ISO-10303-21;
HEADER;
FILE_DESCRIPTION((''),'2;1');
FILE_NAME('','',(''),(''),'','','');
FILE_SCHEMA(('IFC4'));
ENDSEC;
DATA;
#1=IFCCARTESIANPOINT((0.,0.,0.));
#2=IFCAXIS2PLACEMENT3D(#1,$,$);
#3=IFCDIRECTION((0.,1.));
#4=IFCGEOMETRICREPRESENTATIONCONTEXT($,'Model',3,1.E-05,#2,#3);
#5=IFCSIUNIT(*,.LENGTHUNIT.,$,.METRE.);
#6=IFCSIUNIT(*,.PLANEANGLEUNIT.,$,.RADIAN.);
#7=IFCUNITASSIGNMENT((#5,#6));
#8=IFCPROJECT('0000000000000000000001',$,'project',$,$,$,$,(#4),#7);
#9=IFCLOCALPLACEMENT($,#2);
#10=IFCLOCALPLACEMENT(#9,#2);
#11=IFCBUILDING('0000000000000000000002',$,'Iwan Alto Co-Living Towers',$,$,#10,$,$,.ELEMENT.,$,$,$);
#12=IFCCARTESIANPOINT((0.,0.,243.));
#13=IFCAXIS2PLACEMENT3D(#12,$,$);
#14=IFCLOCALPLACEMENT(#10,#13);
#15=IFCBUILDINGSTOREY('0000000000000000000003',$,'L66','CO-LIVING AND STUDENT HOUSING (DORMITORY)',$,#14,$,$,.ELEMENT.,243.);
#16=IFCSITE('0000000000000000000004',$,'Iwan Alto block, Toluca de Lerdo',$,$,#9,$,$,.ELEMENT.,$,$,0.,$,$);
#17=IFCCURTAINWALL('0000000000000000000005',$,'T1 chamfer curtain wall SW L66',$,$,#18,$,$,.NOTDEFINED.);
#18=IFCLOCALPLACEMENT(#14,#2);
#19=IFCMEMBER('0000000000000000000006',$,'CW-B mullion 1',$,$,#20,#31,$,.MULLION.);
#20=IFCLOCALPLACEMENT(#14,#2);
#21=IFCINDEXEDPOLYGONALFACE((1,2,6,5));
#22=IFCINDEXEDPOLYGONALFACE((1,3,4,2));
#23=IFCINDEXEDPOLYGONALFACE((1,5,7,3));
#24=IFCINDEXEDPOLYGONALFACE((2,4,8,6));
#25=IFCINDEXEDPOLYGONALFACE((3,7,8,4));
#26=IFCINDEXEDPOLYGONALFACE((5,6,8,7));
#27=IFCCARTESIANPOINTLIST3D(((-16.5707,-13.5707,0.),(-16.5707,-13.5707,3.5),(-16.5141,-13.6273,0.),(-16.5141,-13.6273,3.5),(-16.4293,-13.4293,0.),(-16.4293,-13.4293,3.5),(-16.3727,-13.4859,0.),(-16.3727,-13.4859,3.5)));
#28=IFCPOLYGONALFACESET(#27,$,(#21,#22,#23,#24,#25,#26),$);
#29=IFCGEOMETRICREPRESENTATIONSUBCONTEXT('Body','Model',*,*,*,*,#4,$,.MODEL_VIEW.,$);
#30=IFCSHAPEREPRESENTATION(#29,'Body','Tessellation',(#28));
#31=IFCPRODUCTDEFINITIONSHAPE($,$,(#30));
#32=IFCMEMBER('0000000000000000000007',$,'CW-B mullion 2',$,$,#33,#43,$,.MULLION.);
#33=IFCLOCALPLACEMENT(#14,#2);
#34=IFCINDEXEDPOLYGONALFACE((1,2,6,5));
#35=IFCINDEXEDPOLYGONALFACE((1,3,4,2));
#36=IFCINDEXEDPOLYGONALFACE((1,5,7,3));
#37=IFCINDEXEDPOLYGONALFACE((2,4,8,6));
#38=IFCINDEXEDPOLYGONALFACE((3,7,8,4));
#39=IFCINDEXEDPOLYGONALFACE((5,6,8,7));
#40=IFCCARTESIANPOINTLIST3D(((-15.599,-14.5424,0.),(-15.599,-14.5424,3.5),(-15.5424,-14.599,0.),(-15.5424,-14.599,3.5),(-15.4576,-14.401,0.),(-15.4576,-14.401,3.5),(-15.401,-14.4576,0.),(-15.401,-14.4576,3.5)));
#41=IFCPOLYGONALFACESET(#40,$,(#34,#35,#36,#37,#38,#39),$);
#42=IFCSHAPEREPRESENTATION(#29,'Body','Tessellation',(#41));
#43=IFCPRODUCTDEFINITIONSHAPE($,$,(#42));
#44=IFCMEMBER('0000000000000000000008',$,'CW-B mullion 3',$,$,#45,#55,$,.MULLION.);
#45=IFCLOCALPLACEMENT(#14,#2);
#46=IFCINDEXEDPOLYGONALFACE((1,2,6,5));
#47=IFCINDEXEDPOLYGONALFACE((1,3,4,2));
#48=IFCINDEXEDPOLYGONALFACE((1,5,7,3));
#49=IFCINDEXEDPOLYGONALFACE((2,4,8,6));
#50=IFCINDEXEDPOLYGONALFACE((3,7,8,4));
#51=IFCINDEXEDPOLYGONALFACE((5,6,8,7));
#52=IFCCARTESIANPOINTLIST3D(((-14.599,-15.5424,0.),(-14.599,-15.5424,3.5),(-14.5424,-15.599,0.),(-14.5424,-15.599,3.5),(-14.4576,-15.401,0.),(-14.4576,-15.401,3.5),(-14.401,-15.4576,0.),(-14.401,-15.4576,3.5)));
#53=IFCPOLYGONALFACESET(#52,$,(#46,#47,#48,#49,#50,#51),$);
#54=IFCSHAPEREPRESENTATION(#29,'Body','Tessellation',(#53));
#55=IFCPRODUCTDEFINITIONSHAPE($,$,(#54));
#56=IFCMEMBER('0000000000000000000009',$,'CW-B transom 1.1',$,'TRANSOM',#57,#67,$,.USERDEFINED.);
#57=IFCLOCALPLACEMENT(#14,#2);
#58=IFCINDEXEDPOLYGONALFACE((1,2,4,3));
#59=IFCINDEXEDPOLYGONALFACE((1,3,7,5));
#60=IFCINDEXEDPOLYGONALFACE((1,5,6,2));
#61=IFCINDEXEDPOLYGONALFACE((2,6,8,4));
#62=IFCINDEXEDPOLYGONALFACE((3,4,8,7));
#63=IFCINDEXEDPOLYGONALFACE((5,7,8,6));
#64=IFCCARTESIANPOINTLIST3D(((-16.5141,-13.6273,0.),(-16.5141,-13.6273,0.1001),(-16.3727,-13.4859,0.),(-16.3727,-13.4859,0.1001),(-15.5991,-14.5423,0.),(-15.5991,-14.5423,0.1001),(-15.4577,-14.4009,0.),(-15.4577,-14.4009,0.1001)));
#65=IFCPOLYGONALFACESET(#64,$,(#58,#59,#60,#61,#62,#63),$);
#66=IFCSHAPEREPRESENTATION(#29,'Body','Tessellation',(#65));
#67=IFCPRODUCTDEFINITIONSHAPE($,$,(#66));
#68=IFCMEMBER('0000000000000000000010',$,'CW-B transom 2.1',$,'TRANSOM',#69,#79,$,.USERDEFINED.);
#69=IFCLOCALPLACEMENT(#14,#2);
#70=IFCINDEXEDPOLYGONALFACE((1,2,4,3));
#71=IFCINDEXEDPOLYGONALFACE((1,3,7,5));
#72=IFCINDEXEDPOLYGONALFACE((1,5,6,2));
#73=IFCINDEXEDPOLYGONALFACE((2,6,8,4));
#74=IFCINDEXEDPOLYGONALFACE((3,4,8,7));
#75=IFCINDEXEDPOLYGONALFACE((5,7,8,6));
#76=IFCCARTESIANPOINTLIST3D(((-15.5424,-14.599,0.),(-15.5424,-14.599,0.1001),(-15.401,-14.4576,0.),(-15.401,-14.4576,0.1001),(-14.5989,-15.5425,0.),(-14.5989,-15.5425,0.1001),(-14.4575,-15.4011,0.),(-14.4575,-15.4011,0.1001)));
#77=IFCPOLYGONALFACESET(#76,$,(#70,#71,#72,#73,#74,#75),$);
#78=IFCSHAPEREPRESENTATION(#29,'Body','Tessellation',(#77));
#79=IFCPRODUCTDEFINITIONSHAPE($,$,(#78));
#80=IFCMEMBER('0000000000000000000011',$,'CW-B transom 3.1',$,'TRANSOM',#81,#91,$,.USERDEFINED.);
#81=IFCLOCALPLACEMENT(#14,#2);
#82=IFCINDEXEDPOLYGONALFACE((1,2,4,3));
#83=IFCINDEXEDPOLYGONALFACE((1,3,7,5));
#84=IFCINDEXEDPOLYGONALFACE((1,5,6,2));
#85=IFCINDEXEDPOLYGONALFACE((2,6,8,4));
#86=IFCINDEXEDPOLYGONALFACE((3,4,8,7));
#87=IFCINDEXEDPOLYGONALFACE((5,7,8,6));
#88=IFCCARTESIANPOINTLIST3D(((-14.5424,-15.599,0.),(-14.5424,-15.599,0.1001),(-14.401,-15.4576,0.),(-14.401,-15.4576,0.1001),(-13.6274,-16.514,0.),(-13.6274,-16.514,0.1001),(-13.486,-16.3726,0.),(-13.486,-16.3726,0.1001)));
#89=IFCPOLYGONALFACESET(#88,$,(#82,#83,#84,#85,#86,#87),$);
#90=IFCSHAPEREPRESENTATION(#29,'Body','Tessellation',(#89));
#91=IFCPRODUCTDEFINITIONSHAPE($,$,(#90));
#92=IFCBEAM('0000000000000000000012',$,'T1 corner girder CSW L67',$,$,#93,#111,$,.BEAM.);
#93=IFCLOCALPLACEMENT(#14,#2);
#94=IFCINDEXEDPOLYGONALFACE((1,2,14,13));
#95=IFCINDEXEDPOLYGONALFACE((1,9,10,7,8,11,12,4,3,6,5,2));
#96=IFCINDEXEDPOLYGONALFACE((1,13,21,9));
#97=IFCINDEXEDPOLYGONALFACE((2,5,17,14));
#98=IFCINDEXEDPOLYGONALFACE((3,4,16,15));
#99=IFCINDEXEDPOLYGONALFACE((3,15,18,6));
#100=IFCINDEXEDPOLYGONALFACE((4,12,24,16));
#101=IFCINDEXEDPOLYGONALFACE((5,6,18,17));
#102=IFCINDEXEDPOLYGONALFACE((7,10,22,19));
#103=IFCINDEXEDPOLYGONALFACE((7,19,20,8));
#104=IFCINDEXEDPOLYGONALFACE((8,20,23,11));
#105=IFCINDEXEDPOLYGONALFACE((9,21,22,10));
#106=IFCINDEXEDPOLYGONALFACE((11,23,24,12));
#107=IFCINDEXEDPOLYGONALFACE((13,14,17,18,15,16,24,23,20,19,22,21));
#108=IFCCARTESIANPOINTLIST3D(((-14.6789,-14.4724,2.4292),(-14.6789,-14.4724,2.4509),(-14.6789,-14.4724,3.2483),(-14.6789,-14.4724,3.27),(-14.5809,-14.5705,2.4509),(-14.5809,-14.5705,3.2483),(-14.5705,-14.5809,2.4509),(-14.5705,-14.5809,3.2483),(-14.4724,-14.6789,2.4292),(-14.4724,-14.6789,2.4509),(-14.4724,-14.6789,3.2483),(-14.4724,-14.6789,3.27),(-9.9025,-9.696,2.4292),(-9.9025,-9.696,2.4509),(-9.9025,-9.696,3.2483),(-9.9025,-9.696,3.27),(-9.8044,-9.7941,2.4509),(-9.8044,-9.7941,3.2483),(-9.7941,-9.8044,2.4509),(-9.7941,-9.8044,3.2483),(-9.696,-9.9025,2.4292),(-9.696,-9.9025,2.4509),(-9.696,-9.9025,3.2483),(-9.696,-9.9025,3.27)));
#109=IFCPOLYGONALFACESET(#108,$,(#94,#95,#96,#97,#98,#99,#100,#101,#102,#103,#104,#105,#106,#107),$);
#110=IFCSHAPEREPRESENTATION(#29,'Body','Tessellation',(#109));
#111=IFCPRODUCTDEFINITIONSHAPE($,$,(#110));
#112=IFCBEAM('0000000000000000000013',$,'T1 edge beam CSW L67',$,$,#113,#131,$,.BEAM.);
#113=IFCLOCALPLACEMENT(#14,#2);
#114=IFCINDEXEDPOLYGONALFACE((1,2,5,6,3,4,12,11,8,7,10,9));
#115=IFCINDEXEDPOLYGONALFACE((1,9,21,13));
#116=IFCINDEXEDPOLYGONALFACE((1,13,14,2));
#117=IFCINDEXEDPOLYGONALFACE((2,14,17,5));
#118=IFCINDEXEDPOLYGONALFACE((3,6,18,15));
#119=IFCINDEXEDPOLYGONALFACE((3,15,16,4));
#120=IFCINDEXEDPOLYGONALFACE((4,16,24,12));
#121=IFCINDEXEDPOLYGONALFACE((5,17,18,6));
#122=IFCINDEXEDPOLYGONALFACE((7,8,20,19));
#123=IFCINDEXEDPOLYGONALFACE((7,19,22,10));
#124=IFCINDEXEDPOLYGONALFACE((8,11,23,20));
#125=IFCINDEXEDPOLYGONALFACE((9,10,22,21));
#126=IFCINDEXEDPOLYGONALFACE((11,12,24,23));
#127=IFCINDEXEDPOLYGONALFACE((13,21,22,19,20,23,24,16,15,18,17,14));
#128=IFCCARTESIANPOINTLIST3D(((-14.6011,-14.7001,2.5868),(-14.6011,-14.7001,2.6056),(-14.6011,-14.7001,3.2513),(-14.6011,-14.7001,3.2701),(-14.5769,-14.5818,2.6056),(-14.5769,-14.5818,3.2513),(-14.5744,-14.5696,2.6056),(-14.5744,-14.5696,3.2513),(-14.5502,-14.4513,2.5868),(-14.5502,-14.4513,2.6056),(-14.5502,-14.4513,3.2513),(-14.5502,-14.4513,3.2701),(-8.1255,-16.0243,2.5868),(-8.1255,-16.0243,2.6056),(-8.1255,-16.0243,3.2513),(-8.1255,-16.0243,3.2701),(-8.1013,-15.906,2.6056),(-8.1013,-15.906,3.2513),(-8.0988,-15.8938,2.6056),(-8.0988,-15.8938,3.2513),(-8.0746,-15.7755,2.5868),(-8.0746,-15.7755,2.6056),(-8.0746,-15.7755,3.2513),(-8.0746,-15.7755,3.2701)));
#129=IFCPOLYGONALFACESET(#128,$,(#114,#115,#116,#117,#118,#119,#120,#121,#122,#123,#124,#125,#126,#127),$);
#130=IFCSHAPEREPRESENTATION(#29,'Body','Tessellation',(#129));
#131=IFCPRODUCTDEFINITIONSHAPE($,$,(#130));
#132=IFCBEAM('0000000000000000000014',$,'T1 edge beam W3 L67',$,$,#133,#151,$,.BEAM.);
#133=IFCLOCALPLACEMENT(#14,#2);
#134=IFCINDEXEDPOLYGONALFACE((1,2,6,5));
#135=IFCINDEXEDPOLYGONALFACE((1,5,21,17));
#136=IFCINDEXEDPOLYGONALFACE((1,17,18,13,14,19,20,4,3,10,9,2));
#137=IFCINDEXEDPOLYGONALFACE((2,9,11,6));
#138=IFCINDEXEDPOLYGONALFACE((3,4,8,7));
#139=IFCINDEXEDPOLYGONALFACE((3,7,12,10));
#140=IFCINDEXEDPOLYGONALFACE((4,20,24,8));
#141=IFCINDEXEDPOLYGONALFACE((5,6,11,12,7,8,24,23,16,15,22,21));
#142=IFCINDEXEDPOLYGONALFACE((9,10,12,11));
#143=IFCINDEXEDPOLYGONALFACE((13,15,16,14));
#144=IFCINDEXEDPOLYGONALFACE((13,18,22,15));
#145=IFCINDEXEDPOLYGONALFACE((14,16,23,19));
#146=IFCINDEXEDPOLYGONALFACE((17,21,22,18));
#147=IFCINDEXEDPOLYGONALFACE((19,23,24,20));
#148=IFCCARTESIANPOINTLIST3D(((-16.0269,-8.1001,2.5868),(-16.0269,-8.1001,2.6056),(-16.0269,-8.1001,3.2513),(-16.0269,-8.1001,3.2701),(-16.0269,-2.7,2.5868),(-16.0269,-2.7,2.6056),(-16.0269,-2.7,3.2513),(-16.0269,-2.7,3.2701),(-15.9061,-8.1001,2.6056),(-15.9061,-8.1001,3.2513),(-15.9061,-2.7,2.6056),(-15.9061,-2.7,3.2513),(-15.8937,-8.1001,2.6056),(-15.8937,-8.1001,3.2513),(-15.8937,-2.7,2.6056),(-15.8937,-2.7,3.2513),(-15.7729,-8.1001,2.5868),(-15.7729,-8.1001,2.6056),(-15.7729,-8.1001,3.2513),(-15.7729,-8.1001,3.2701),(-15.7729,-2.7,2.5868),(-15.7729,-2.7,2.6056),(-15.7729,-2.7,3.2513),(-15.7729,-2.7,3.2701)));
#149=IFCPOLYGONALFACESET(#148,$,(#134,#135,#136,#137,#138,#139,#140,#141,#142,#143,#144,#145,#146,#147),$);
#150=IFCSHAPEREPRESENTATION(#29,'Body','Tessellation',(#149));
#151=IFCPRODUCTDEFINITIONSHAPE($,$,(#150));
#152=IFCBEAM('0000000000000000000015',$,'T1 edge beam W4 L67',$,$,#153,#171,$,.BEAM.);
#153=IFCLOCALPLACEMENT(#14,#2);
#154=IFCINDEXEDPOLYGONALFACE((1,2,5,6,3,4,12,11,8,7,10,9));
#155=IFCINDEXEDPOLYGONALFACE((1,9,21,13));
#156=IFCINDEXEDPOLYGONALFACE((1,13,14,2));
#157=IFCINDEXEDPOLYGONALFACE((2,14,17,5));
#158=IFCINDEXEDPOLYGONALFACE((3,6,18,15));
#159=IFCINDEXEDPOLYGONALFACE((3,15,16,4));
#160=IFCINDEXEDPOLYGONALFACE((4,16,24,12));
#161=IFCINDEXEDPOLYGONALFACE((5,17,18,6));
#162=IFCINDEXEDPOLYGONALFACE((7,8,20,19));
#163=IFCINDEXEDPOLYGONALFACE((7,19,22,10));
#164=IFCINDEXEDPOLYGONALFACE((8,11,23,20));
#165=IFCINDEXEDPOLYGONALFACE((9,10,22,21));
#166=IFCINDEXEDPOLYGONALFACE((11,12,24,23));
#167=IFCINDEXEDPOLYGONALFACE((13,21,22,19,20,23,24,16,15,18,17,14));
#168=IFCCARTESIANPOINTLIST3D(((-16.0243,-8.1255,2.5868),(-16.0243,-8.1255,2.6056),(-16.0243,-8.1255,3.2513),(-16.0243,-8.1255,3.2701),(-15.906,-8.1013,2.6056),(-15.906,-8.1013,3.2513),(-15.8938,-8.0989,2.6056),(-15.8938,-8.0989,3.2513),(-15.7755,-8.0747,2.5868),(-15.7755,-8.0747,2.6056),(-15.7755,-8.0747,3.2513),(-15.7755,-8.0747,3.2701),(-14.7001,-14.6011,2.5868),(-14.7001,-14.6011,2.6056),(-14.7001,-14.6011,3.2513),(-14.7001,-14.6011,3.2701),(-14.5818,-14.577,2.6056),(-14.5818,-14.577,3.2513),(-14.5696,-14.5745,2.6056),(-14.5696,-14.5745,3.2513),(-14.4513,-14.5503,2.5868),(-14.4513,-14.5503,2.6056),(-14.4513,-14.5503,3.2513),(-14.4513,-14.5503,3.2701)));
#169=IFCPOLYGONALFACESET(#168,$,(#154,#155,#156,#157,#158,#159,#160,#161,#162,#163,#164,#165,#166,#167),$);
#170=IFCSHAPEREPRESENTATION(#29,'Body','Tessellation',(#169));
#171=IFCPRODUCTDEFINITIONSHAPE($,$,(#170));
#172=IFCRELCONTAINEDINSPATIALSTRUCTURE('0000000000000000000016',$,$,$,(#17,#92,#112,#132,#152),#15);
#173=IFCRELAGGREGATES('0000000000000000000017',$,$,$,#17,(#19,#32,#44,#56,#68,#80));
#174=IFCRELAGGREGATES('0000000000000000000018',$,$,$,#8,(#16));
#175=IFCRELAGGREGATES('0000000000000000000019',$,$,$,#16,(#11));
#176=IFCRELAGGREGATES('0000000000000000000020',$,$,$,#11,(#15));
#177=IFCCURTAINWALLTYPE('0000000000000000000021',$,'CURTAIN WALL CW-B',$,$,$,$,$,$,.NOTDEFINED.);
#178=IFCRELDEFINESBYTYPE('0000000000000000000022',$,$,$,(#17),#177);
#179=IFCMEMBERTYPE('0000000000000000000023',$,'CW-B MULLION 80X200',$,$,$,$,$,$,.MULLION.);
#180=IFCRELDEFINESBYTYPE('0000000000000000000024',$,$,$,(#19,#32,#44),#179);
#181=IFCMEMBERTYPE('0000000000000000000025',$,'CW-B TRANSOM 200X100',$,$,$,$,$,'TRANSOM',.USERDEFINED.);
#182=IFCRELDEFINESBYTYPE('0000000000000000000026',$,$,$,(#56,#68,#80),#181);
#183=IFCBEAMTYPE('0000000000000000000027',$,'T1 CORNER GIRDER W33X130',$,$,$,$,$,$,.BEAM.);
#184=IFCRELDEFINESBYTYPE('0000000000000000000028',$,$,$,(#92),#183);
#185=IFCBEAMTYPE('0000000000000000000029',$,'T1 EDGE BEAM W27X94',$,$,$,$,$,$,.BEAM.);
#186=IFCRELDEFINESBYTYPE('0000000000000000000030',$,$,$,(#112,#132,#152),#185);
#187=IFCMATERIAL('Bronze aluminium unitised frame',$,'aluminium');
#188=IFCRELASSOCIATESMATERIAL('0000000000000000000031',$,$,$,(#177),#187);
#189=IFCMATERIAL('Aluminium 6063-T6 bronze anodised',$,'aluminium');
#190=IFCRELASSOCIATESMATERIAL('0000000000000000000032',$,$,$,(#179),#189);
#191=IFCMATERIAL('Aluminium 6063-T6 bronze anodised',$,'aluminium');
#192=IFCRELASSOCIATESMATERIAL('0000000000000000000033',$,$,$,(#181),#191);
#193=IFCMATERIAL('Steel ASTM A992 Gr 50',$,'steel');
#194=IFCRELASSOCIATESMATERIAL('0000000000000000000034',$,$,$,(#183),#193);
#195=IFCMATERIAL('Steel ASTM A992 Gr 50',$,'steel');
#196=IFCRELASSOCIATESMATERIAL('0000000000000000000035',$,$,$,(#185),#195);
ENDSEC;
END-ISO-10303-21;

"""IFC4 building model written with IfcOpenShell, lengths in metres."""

from ifc_helpers import new_model, si_unit, direction, frame, origin, origin_2d, place, context, subcontext, project, spatial, rectangle, i_section, extrude, material, material_profile, profile_set, type_object, element, aggregate, save


model = new_model("IFC4")

# Units and contexts
model_context = context("Model", 3, precision=1e-05, world=origin(), true_north=direction((0.0, 1.0)))
body_context = subcontext(model_context, "Body", "Model", "MODEL_VIEW")
ifc_project = project(units=[si_unit("LENGTHUNIT", "METRE"), si_unit("PLANEANGLEUNIT", "RADIAN")], contexts=[model_context])

# Site, building, storey
site_placement = place(None, origin())
site = spatial("IfcSite", under=ifc_project, at=site_placement, Name="Iwan Alto block, Toluca de Lerdo", CompositionType="ELEMENT", RefElevation=0.0)
building_placement = place(site_placement, origin())
building = spatial("IfcBuilding", under=site, at=building_placement, Name="Iwan Alto Co-Living Towers", CompositionType="ELEMENT")
storey_placement = place(building_placement, frame((0.0, 0.0, 243.0)))
storey = spatial("IfcBuildingStorey", under=building, at=storey_placement, Name="L66", Description="CO-LIVING AND STUDENT HOUSING (DORMITORY)", CompositionType="ELEMENT", Elevation=243.0)

# Curtain wall, members
ifc_material_1 = material(Name="Bronze aluminium unitised frame", Category="aluminium")
curtain_wall_type_1 = type_object("IfcCurtainWallType", Name="CURTAIN WALL CW-B", PredefinedType="NOTDEFINED", material=ifc_material_1)
curtain_wall_1_placement = place(storey_placement, origin())
curtain_wall_1 = element("IfcCurtainWall", 1, at=curtain_wall_1_placement, inside=storey, type_object=curtain_wall_type_1, Name="T1 chamfer curtain wall SW L66", PredefinedType="NOTDEFINED")
ifc_material_2 = material(Name="Aluminium 6063-T6 bronze anodised", Category="aluminium")
ifc_material_profile_1 = material_profile(ifc_material_2, rectangle(XDim=0.2, YDim=0.0801, at=origin_2d()), Name="AL 80X200")
ifc_profile_set_1 = profile_set([ifc_material_profile_1], Name="Aluminium 6063-T6 bronze anodised")
member_type_1 = type_object("IfcMemberType", Name="CW-B MULLION 80X200", PredefinedType="MULLION", material=ifc_profile_set_1)
member_1_placement = place(storey_placement, frame((-16.4717, -13.5283, 0.0), z_axis=(0.0, 0.0, 1.0), x_axis=(0.707107, 0.707107, 0.0)))
member_1 = element("IfcMember", 2, at=member_1_placement, type_object=member_type_1, Name="CW-B mullion 1", PredefinedType="MULLION", context=body_context, shape_type="SweptSolid", body=[
    extrude(rectangle(XDim=0.2, YDim=0.0801, at=origin_2d()), origin(), (0.0, 0.0, 1.0), 3.5),
])
member_2_placement = place(storey_placement, frame((-15.5, -14.5, 0.0), z_axis=(0.0, 0.0, 1.0), x_axis=(0.707107, 0.707107, 0.0)))
member_2 = element("IfcMember", 3, at=member_2_placement, type_object=member_type_1, Name="CW-B mullion 2", PredefinedType="MULLION", context=body_context, shape_type="SweptSolid", body=[
    extrude(rectangle(XDim=0.2, YDim=0.0801, at=origin_2d()), origin(), (0.0, 0.0, 1.0), 3.5),
])
member_3_placement = place(storey_placement, frame((-14.5, -15.5, 0.0), z_axis=(0.0, 0.0, 1.0), x_axis=(0.707107, 0.707107, 0.0)))
member_3 = element("IfcMember", 4, at=member_3_placement, type_object=member_type_1, Name="CW-B mullion 3", PredefinedType="MULLION", context=body_context, shape_type="SweptSolid", body=[
    extrude(rectangle(XDim=0.2, YDim=0.0801, at=origin_2d()), origin(), (0.0, 0.0, 1.0), 3.5),
])
ifc_material_3 = material(Name="Aluminium 6063-T6 bronze anodised", Category="aluminium")
ifc_material_profile_2 = material_profile(ifc_material_3, rectangle(XDim=0.2, YDim=0.1001, at=origin_2d()), Name="AL 200X100")
ifc_profile_set_2 = profile_set([ifc_material_profile_2], Name="Aluminium 6063-T6 bronze anodised")
member_type_2 = type_object("IfcMemberType", Name="CW-B TRANSOM 200X100", ElementType="TRANSOM", PredefinedType="USERDEFINED", material=ifc_profile_set_2)
member_4_placement = place(storey_placement, frame((-16.4434, -13.5566, 0.05), z_axis=(0.707107, -0.707107, 0.0), x_axis=(0.707107, 0.707107, 0.0)))
member_4 = element("IfcMember", 5, at=member_4_placement, type_object=member_type_2, Name="CW-B transom 1.1", ObjectType="TRANSOM", PredefinedType="USERDEFINED", context=body_context, shape_type="SweptSolid", body=[
    extrude(rectangle(XDim=0.2, YDim=0.1001, at=origin_2d()), origin(), (0.0, 0.0, 1.0), 1.2939),
])
member_5_placement = place(storey_placement, frame((-15.4717, -14.5283, 0.05), z_axis=(0.707107, -0.707107, 0.0), x_axis=(0.707107, 0.707107, 0.0)))
member_5 = element("IfcMember", 6, at=member_5_placement, type_object=member_type_2, Name="CW-B transom 2.1", ObjectType="TRANSOM", PredefinedType="USERDEFINED", context=body_context, shape_type="SweptSolid", body=[
    extrude(rectangle(XDim=0.2, YDim=0.1001, at=origin_2d()), origin(), (0.0, 0.0, 1.0), 1.3342),
])
member_6_placement = place(storey_placement, frame((-14.4717, -15.5283, 0.05), z_axis=(0.707107, -0.707107, 0.0), x_axis=(0.707107, 0.707107, 0.0)))
member_6 = element("IfcMember", 7, at=member_6_placement, type_object=member_type_2, Name="CW-B transom 3.1", ObjectType="TRANSOM", PredefinedType="USERDEFINED", context=body_context, shape_type="SweptSolid", body=[
    extrude(rectangle(XDim=0.2, YDim=0.1001, at=origin_2d()), origin(), (0.0, 0.0, 1.0), 1.2939),
])

# Beams
ifc_material_4 = material(Name="Steel ASTM A992 Gr 50", Category="steel")
ifc_material_profile_3 = material_profile(ifc_material_4, i_section(OverallWidth=0.292, OverallDepth=0.8408, WebThickness=0.0146, FlangeThickness=0.0217, at=origin_2d()), Name="W33X130")
ifc_profile_set_3 = profile_set([ifc_material_profile_3], Name="Steel ASTM A992 Gr 50")
beam_type_1 = type_object("IfcBeamType", Name="T1 CORNER GIRDER W33X130", PredefinedType="BEAM", material=ifc_profile_set_3)
beam_1_placement = place(storey_placement, frame((-14.5757, -14.5757, 2.8496), z_axis=(0.707107, 0.707107, 0.0), x_axis=(-0.707107, 0.707107, 0.0)))
element("IfcBeam", 8, at=beam_1_placement, inside=storey, type_object=beam_type_1, Name="T1 corner girder CSW L67", PredefinedType="BEAM", context=body_context, shape_type="SweptSolid", body=[
    extrude(i_section(OverallWidth=0.292, OverallDepth=0.8408, WebThickness=0.0146, FlangeThickness=0.0217, at=origin_2d()), origin(), (0.0, 0.0, 1.0), 6.7549),
])
ifc_material_5 = material(Name="Steel ASTM A992 Gr 50", Category="steel")
ifc_material_profile_4 = material_profile(ifc_material_5, i_section(OverallWidth=0.2539, OverallDepth=0.6833, WebThickness=0.0125, FlangeThickness=0.0188, at=origin_2d()), Name="W27X94")
ifc_profile_set_4 = profile_set([ifc_material_profile_4], Name="Steel ASTM A992 Gr 50")
beam_type_2 = type_object("IfcBeamType", Name="T1 EDGE BEAM W27X94", PredefinedType="BEAM", material=ifc_profile_set_4)
beam_2_placement = place(storey_placement, frame((-14.5757, -14.5757, 2.9285), z_axis=(0.979725, -0.200348, 0.0), x_axis=(0.200348, 0.979725, 0.0)))
element("IfcBeam", 9, at=beam_2_placement, inside=storey, type_object=beam_type_2, Name="T1 edge beam CSW L67", PredefinedType="BEAM", context=body_context, shape_type="SweptSolid", body=[
    extrude(i_section(OverallWidth=0.2539, OverallDepth=0.6833, WebThickness=0.0125, FlangeThickness=0.0188, at=origin_2d()), origin(), (0.0, 0.0, 1.0), 6.6096),
])
beam_3_placement = place(storey_placement, frame((-15.8999, -2.7, 2.9285), z_axis=(0.0, -1.0, 0.0), x_axis=(1.0, 0.0, 0.0)))
element("IfcBeam", 10, at=beam_3_placement, inside=storey, type_object=beam_type_2, Name="T1 edge beam W3 L67", PredefinedType="BEAM", context=body_context, shape_type="SweptSolid", body=[
    extrude(i_section(OverallWidth=0.2539, OverallDepth=0.6833, WebThickness=0.0125, FlangeThickness=0.0188, at=origin_2d()), origin(), (0.0, 0.0, 1.0), 5.4001),
])
beam_4_placement = place(storey_placement, frame((-15.8999, -8.1001, 2.9285), z_axis=(0.200348, -0.979725, 0.0), x_axis=(0.979725, 0.200348, 0.0)))
element("IfcBeam", 11, at=beam_4_placement, inside=storey, type_object=beam_type_2, Name="T1 edge beam W4 L67", PredefinedType="BEAM", context=body_context, shape_type="SweptSolid", body=[
    extrude(i_section(OverallWidth=0.2539, OverallDepth=0.6833, WebThickness=0.0125, FlangeThickness=0.0188, at=origin_2d()), origin(), (0.0, 0.0, 1.0), 6.6096),
])

aggregate(curtain_wall_1, [member_1, member_2, member_3, member_4, member_5, member_6])

save(model, "model.ifc")
